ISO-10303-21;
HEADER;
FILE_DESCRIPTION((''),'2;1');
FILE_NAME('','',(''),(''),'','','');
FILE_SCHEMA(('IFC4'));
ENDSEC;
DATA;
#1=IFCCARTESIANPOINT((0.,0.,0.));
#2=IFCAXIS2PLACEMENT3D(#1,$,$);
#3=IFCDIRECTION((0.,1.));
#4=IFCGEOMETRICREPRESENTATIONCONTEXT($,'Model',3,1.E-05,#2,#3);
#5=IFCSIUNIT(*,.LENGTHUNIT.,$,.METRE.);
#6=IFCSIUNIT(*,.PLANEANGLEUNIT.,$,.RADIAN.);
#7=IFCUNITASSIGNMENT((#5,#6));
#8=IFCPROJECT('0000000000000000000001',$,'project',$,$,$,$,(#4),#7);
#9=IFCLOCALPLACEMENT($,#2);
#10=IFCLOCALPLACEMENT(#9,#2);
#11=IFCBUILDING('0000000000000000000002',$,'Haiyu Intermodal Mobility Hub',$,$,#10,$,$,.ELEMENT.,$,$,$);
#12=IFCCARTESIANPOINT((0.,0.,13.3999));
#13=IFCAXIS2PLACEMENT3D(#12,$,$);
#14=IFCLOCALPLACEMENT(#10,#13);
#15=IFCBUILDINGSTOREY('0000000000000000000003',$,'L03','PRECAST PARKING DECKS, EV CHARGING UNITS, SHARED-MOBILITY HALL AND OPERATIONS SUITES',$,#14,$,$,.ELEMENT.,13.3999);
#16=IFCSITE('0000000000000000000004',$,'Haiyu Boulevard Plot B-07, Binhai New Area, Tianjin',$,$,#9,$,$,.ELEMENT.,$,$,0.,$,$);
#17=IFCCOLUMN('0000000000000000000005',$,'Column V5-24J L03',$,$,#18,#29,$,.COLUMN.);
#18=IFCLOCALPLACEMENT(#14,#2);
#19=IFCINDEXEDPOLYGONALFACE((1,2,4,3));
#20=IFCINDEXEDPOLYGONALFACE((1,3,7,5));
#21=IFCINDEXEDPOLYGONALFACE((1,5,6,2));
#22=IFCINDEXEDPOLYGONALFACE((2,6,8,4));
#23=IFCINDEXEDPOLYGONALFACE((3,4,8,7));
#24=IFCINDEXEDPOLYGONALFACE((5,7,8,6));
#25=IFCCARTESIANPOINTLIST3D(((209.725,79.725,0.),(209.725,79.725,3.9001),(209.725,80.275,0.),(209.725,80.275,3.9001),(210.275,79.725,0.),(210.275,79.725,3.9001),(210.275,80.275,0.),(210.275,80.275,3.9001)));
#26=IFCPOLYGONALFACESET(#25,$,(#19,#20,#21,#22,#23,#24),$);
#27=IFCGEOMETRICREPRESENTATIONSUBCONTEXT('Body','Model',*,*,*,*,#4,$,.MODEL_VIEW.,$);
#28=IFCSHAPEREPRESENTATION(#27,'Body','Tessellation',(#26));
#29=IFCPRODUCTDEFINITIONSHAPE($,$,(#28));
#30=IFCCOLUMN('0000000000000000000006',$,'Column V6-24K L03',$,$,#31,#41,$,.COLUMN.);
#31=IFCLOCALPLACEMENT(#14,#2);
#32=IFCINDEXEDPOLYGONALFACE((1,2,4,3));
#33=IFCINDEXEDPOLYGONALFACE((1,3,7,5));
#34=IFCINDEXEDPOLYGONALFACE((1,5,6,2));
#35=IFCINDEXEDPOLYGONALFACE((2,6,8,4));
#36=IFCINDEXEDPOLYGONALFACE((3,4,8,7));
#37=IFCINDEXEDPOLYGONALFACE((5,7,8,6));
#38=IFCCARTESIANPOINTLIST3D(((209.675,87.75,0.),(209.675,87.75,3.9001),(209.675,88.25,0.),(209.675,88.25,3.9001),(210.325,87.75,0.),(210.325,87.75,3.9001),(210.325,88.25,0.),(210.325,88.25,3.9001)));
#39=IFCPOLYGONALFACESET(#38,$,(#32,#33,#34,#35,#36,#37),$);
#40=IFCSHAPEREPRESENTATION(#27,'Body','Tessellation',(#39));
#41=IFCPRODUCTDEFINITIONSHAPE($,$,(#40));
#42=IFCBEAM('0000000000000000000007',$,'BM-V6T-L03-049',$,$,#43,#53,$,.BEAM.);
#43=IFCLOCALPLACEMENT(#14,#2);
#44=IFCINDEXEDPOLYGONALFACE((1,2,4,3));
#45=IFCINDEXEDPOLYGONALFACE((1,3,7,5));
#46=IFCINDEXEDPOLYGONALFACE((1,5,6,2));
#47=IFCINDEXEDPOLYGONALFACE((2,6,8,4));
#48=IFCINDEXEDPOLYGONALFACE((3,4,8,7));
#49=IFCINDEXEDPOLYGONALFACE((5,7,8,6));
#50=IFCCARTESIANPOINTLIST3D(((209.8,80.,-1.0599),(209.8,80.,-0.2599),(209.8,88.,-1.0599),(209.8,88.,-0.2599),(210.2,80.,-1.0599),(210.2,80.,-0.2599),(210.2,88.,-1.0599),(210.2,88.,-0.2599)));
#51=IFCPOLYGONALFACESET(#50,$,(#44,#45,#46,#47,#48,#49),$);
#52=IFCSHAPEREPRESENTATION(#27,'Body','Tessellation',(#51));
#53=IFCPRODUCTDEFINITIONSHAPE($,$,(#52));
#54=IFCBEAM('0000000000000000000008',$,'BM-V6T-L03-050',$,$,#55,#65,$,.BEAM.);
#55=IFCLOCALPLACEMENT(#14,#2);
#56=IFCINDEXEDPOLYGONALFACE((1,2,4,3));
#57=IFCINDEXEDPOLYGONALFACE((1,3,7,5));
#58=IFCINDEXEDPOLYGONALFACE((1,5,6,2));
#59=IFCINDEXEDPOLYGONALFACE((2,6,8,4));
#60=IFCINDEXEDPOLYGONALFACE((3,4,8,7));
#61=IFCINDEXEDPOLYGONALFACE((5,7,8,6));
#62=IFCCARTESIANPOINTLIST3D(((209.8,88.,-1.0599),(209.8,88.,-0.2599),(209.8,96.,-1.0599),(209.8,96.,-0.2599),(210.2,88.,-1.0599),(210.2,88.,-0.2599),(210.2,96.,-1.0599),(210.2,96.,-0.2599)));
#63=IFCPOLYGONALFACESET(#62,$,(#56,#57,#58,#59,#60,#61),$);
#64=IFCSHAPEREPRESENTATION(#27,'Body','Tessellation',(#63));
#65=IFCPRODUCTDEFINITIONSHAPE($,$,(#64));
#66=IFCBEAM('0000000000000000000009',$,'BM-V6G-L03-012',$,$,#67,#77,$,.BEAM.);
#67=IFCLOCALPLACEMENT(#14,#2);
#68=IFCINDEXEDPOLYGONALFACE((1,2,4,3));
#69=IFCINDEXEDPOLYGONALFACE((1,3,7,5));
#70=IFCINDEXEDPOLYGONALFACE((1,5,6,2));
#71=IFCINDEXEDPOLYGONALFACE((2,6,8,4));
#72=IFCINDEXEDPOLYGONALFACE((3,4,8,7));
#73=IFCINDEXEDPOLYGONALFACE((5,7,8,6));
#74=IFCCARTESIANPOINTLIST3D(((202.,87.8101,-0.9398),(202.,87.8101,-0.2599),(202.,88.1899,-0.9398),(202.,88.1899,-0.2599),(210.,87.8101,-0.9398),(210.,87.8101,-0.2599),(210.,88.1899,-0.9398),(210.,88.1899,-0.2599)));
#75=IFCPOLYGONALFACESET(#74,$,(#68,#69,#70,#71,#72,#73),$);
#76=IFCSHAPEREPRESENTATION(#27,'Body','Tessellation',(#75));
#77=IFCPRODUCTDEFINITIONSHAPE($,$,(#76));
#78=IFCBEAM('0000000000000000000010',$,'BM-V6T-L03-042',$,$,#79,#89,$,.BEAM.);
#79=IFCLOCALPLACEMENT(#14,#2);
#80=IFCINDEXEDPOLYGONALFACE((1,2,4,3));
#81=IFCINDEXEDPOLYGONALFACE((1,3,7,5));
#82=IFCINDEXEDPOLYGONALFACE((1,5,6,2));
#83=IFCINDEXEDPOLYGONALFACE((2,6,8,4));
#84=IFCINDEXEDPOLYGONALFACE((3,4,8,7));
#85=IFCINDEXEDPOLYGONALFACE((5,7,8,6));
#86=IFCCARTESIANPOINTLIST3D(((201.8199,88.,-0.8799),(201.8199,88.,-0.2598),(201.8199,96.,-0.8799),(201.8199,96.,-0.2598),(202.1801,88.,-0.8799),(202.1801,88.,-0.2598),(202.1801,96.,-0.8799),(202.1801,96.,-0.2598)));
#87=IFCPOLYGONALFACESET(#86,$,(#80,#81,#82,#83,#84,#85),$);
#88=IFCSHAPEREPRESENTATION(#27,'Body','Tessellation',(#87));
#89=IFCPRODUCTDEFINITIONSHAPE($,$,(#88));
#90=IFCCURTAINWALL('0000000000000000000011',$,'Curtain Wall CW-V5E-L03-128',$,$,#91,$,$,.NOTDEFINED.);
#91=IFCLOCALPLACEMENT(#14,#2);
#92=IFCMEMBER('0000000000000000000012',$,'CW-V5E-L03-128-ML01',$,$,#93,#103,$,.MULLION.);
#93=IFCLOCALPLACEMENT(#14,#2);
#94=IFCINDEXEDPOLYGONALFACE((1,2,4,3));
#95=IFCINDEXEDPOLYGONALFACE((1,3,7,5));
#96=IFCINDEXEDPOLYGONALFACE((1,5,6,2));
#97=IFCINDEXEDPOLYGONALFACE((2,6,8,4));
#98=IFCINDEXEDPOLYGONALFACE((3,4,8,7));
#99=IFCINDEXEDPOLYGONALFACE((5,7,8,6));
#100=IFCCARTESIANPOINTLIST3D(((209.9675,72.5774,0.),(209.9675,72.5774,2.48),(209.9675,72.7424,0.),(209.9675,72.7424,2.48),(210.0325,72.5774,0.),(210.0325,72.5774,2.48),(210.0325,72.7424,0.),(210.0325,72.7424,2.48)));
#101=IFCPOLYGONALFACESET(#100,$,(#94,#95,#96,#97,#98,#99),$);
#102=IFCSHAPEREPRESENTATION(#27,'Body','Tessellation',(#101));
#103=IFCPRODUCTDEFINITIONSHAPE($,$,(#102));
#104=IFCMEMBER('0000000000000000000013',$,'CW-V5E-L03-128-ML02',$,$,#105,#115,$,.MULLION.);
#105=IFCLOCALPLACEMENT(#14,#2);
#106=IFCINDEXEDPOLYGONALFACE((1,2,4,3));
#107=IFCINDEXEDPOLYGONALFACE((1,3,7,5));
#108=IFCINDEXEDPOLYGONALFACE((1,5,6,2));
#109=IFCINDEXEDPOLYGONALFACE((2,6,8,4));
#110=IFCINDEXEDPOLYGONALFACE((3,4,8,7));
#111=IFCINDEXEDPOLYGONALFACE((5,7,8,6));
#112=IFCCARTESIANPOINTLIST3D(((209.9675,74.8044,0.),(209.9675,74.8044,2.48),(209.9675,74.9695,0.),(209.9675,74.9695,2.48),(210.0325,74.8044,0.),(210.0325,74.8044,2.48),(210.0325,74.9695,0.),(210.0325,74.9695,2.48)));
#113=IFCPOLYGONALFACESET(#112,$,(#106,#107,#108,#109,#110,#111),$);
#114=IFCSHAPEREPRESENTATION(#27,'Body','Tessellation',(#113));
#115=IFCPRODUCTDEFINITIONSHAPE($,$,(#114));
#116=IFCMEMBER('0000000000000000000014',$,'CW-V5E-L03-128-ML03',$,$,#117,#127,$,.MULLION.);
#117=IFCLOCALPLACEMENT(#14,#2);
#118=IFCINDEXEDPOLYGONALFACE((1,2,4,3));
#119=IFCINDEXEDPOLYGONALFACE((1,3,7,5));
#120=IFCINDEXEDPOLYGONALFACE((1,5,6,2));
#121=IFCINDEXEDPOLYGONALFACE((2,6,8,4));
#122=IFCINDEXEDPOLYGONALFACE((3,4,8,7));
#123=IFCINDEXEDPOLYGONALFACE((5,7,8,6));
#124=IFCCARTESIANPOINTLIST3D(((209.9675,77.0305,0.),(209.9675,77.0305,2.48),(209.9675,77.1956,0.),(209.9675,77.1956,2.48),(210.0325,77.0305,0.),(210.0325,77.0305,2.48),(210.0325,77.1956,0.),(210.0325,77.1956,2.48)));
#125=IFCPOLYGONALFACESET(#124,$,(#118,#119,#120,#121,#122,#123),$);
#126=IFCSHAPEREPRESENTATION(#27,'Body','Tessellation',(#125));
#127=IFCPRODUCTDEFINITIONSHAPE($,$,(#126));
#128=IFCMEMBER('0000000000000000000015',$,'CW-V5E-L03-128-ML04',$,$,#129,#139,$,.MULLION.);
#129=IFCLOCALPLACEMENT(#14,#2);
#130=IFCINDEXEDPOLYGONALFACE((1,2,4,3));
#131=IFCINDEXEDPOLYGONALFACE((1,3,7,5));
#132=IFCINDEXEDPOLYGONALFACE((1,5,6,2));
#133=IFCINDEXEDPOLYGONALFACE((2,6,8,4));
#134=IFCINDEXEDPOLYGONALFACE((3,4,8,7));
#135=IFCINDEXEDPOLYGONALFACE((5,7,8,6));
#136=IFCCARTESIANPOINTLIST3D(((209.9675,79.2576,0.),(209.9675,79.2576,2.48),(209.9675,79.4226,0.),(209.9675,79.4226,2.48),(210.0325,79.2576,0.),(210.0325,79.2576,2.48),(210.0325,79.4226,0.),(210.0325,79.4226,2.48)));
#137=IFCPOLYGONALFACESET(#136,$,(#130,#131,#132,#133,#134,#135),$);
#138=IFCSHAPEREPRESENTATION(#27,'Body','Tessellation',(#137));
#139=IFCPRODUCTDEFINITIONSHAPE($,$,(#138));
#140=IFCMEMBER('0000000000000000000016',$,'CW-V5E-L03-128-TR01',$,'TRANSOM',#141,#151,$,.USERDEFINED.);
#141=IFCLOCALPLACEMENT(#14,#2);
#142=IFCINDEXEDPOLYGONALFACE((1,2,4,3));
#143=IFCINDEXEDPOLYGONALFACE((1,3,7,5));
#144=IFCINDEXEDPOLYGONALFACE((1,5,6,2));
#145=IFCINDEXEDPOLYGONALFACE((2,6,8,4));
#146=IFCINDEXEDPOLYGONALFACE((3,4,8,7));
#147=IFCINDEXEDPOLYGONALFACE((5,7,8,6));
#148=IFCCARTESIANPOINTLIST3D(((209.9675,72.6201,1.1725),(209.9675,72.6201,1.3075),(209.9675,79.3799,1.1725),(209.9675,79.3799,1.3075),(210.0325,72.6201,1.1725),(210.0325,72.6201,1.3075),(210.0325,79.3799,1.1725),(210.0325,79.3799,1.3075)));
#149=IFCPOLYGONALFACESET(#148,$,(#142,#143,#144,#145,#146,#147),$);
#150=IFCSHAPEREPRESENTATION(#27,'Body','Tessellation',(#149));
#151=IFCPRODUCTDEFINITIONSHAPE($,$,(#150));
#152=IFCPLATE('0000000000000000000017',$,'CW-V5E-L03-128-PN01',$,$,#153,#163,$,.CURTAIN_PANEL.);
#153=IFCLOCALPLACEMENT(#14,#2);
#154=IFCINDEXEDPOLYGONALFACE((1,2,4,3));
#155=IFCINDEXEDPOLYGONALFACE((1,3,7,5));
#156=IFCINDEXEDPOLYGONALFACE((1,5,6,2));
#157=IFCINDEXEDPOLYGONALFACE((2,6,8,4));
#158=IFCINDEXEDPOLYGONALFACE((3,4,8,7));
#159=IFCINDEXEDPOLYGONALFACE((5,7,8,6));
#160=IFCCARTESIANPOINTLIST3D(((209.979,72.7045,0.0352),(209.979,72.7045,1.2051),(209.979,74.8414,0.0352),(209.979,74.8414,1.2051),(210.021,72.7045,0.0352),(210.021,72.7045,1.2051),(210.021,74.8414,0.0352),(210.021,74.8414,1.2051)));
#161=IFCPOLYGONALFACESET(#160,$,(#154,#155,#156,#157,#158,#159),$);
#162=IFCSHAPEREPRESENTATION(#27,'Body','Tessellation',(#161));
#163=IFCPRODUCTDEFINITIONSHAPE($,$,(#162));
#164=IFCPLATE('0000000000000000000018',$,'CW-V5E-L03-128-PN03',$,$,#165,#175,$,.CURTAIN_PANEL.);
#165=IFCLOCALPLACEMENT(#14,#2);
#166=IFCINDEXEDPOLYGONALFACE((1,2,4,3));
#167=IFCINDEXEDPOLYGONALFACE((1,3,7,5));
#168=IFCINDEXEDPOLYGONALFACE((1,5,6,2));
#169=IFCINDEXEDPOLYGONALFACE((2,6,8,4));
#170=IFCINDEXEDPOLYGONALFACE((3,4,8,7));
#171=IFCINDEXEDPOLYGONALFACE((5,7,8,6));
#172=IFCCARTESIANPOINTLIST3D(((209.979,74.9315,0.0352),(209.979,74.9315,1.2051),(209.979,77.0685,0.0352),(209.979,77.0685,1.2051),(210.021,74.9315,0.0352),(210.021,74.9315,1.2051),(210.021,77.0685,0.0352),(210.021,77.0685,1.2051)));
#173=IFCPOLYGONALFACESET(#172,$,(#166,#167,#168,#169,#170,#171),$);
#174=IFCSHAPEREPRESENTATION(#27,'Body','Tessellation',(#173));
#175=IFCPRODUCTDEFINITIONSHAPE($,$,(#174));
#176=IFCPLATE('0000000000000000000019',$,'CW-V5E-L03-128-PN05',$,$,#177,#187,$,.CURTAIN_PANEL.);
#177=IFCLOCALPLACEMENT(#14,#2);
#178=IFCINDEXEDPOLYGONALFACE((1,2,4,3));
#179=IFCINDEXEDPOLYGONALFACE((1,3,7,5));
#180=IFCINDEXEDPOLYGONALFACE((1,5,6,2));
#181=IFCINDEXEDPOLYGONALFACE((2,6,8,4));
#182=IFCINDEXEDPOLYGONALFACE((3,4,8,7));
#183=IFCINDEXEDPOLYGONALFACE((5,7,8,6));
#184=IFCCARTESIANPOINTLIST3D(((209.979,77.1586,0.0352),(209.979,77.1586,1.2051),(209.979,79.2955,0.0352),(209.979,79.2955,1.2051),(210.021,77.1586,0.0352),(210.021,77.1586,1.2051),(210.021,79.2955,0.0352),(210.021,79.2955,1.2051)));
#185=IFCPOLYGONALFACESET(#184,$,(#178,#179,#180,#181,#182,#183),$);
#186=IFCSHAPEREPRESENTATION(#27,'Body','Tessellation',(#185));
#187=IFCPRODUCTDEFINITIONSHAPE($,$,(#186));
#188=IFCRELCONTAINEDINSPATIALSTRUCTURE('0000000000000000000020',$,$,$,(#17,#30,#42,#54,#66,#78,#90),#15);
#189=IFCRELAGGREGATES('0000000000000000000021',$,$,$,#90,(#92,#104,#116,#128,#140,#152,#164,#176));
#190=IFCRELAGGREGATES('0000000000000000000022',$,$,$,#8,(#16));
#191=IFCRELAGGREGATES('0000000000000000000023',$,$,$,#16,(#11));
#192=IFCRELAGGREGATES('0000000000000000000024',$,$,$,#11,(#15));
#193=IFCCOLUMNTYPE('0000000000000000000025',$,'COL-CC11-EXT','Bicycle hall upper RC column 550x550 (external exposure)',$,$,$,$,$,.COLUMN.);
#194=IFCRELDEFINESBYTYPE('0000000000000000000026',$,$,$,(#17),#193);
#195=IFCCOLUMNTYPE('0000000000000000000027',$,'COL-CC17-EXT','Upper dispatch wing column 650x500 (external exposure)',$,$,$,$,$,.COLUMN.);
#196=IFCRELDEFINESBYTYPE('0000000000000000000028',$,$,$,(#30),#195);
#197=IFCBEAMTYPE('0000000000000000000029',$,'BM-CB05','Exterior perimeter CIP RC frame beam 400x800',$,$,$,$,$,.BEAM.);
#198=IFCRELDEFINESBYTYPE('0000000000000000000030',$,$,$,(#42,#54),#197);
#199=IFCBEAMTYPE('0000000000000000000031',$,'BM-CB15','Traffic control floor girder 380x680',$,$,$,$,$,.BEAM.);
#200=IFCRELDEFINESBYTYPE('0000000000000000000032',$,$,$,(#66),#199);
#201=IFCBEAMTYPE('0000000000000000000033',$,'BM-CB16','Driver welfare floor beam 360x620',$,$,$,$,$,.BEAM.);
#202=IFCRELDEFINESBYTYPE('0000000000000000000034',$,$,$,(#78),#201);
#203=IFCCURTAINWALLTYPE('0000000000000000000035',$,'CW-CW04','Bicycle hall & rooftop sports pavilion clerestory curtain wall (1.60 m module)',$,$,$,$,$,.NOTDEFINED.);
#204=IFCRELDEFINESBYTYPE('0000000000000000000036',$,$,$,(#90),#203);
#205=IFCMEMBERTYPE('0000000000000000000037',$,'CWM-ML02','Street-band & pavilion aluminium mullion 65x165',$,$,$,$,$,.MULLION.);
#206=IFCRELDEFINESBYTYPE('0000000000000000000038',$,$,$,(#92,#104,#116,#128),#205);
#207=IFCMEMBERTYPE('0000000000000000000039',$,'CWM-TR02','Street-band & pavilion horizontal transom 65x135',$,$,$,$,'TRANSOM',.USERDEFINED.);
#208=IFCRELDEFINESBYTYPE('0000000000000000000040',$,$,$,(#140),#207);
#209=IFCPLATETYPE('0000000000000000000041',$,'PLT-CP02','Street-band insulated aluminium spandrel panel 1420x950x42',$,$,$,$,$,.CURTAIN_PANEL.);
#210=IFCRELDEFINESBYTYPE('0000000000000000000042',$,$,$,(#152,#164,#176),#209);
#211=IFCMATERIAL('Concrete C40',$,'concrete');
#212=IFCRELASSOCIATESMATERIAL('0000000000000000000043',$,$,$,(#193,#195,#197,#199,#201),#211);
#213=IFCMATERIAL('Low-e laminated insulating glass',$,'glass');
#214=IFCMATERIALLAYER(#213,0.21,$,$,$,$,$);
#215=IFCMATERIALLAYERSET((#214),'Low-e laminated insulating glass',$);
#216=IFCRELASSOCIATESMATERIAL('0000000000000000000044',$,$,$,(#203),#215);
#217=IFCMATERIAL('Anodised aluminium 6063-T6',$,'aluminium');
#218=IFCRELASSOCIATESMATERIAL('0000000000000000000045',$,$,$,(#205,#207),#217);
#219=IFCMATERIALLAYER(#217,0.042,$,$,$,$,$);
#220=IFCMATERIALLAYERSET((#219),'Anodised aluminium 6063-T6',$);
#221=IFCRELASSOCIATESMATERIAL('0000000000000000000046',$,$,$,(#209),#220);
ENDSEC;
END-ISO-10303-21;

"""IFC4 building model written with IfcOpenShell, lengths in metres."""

from ifc_helpers import new_model, si_unit, direction, frame, origin, origin_2d, place, context, subcontext, project, spatial, rectangle, extrude, material, layer, layer_set, material_profile, profile_set, type_object, element, aggregate, save


model = new_model("IFC4")

# Units and contexts
model_context = context("Model", 3, precision=1e-05, world=origin(), true_north=direction((0.0, 1.0)))
body_context = subcontext(model_context, "Body", "Model", "MODEL_VIEW")
ifc_project = project(units=[si_unit("LENGTHUNIT", "METRE"), si_unit("PLANEANGLEUNIT", "RADIAN")], contexts=[model_context])

# Site, building, storey
site_placement = place(None, origin())
site = spatial("IfcSite", under=ifc_project, at=site_placement, Name="Haiyu Boulevard Plot B-07, Binhai New Area, Tianjin", CompositionType="ELEMENT", RefElevation=0.0)
building_placement = place(site_placement, origin())
building = spatial("IfcBuilding", under=site, at=building_placement, Name="Haiyu Intermodal Mobility Hub", CompositionType="ELEMENT")
storey_placement = place(building_placement, frame((0.0, 0.0, 13.3999)))
storey = spatial("IfcBuildingStorey", under=building, at=storey_placement, Name="L03", Description="PRECAST PARKING DECKS, EV CHARGING UNITS, SHARED-MOBILITY HALL AND OPERATIONS SUITES", CompositionType="ELEMENT", Elevation=13.3999)

# Columns
ifc_material_1 = material(Name="Concrete C40", Category="concrete")
ifc_material_profile_1 = material_profile(ifc_material_1, rectangle(XDim=0.55, YDim=0.55, at=origin_2d()), Name="RC550x550")
ifc_profile_set_1 = profile_set([ifc_material_profile_1], Name="Concrete C40")
column_type_1 = type_object("IfcColumnType", Name="COL-CC11-EXT", Description="Bicycle hall upper RC column 550x550 (external exposure)", PredefinedType="COLUMN", material=ifc_profile_set_1)
column_1_placement = place(storey_placement, frame((210.0, 80.0, 0.0), z_axis=(0.0, 0.0, 1.0), x_axis=(1.0, 0.0, 0.0)))
element("IfcColumn", 1, at=column_1_placement, inside=storey, type_object=column_type_1, Name="Column V5-24J L03", PredefinedType="COLUMN", context=body_context, shape_type="SweptSolid", body=[
    extrude(rectangle(XDim=0.55, YDim=0.55, at=origin_2d()), origin(), (0.0, 0.0, 1.0), 3.9001),
])
ifc_material_profile_2 = material_profile(ifc_material_1, rectangle(XDim=0.6499, YDim=0.5, at=origin_2d()), Name="C650x500")
ifc_profile_set_2 = profile_set([ifc_material_profile_2], Name="Concrete C40")
column_type_2 = type_object("IfcColumnType", Name="COL-CC17-EXT", Description="Upper dispatch wing column 650x500 (external exposure)", PredefinedType="COLUMN", material=ifc_profile_set_2)
column_2_placement = place(storey_placement, frame((210.0, 88.0, 0.0), z_axis=(0.0, 0.0, 1.0), x_axis=(1.0, 0.0, 0.0)))
element("IfcColumn", 2, at=column_2_placement, inside=storey, type_object=column_type_2, Name="Column V6-24K L03", PredefinedType="COLUMN", context=body_context, shape_type="SweptSolid", body=[
    extrude(rectangle(XDim=0.6499, YDim=0.5, at=origin_2d()), origin(), (0.0, 0.0, 1.0), 3.9001),
])

# Beams
ifc_material_profile_3 = material_profile(ifc_material_1, rectangle(XDim=0.3999, YDim=0.8, at=origin_2d()), Name="RCB400x800")
ifc_profile_set_3 = profile_set([ifc_material_profile_3], Name="Concrete C40")
beam_type_1 = type_object("IfcBeamType", Name="BM-CB05", Description="Exterior perimeter CIP RC frame beam 400x800", PredefinedType="BEAM", material=ifc_profile_set_3)
for number, where, z_axis, x_axis, name in (
    (3, (210.0, 80.0, -0.6599), (0.0, 1.0, 0.0), (-1.0, 0.0, 0.0), "BM-V6T-L03-049"),
    (4, (210.0, 88.0, -0.6599), (0.0, 1.0, 0.0), (-1.0, 0.0, 0.0), "BM-V6T-L03-050"),
):
    element("IfcBeam", number, at=place(storey_placement, frame(where, z_axis=z_axis, x_axis=x_axis)), inside=storey, type_object=beam_type_1, Name=name, PredefinedType="BEAM", context=body_context, shape_type="SweptSolid", body=[
        extrude(rectangle(XDim=0.3999, YDim=0.8, at=origin_2d()), origin(), (0.0, 0.0, 1.0), 8.0),
    ])
ifc_material_profile_4 = material_profile(ifc_material_1, rectangle(XDim=0.3799, YDim=0.6799, at=origin_2d()), Name="B380x680")
ifc_profile_set_4 = profile_set([ifc_material_profile_4], Name="Concrete C40")
beam_type_2 = type_object("IfcBeamType", Name="BM-CB15", Description="Traffic control floor girder 380x680", PredefinedType="BEAM", material=ifc_profile_set_4)
beam_1_placement = place(storey_placement, frame((202.0, 88.0, -0.5999), z_axis=(1.0, 0.0, 0.0), x_axis=(0.0, 1.0, 0.0)))
element("IfcBeam", 5, at=beam_1_placement, inside=storey, type_object=beam_type_2, Name="BM-V6G-L03-012", PredefinedType="BEAM", context=body_context, shape_type="SweptSolid", body=[
    extrude(rectangle(XDim=0.3799, YDim=0.6799, at=origin_2d()), origin(), (0.0, 0.0, 1.0), 8.0),
])
ifc_material_profile_5 = material_profile(ifc_material_1, rectangle(XDim=0.3601, YDim=0.6201, at=origin_2d()), Name="B360x620")
ifc_profile_set_5 = profile_set([ifc_material_profile_5], Name="Concrete C40")
beam_type_3 = type_object("IfcBeamType", Name="BM-CB16", Description="Driver welfare floor beam 360x620", PredefinedType="BEAM", material=ifc_profile_set_5)
beam_2_placement = place(storey_placement, frame((202.0, 88.0, -0.5698), z_axis=(0.0, 1.0, 0.0), x_axis=(-1.0, 0.0, 0.0)))
element("IfcBeam", 6, at=beam_2_placement, inside=storey, type_object=beam_type_3, Name="BM-V6T-L03-042", PredefinedType="BEAM", context=body_context, shape_type="SweptSolid", body=[
    extrude(rectangle(XDim=0.3601, YDim=0.6201, at=origin_2d()), origin(), (0.0, 0.0, 1.0), 8.0),
])

# Curtain wall, members, plates
ifc_material_2 = material(Name="Low-e laminated insulating glass", Category="glass")
ifc_layer_1 = layer(ifc_material_2, 0.21)
ifc_layer_set_1 = layer_set([ifc_layer_1], Name="Low-e laminated insulating glass")
curtain_wall_type = type_object("IfcCurtainWallType", Name="CW-CW04", Description="Bicycle hall & rooftop sports pavilion clerestory curtain wall (1.60 m module)", PredefinedType="NOTDEFINED", material=ifc_layer_set_1)
curtain_wall_placement = place(storey_placement, origin())
curtain_wall = element("IfcCurtainWall", 7, at=curtain_wall_placement, inside=storey, type_object=curtain_wall_type, Name="Curtain Wall CW-V5E-L03-128", PredefinedType="NOTDEFINED")
ifc_material_3 = material(Name="Anodised aluminium 6063-T6", Category="aluminium")
ifc_material_profile_6 = material_profile(ifc_material_3, rectangle(XDim=0.0649, YDim=0.165, at=origin_2d()), Name="ALU65x165")
ifc_profile_set_6 = profile_set([ifc_material_profile_6], Name="Anodised aluminium 6063-T6")
member_type_1 = type_object("IfcMemberType", Name="CWM-ML02", Description="Street-band & pavilion aluminium mullion 65x165", PredefinedType="MULLION", material=ifc_profile_set_6)
member_1_placement = place(storey_placement, frame((210.0, 72.6599, 0.0), z_axis=(0.0, 0.0, 1.0), x_axis=(1.0, 0.0, 0.0)))
member_1 = element("IfcMember", 8, at=member_1_placement, type_object=member_type_1, Name="CW-V5E-L03-128-ML01", PredefinedType="MULLION", context=body_context, shape_type="SweptSolid", body=[
    extrude(rectangle(XDim=0.0649, YDim=0.165, at=origin_2d()), origin(), (0.0, 0.0, 1.0), 2.48),
])
member_2_placement = place(storey_placement, frame((210.0, 74.887, 0.0), z_axis=(0.0, 0.0, 1.0), x_axis=(1.0, 0.0, 0.0)))
member_2 = element("IfcMember", 9, at=member_2_placement, type_object=member_type_1, Name="CW-V5E-L03-128-ML02", PredefinedType="MULLION", context=body_context, shape_type="SweptSolid", body=[
    extrude(rectangle(XDim=0.0649, YDim=0.165, at=origin_2d()), origin(), (0.0, 0.0, 1.0), 2.48),
])
member_3_placement = place(storey_placement, frame((210.0, 77.113, 0.0), z_axis=(0.0, 0.0, 1.0), x_axis=(1.0, 0.0, 0.0)))
member_3 = element("IfcMember", 10, at=member_3_placement, type_object=member_type_1, Name="CW-V5E-L03-128-ML03", PredefinedType="MULLION", context=body_context, shape_type="SweptSolid", body=[
    extrude(rectangle(XDim=0.0649, YDim=0.165, at=origin_2d()), origin(), (0.0, 0.0, 1.0), 2.48),
])
member_4_placement = place(storey_placement, frame((210.0, 79.3401, 0.0), z_axis=(0.0, 0.0, 1.0), x_axis=(1.0, 0.0, 0.0)))
member_4 = element("IfcMember", 11, at=member_4_placement, type_object=member_type_1, Name="CW-V5E-L03-128-ML04", PredefinedType="MULLION", context=body_context, shape_type="SweptSolid", body=[
    extrude(rectangle(XDim=0.0649, YDim=0.165, at=origin_2d()), origin(), (0.0, 0.0, 1.0), 2.48),
])
ifc_material_profile_7 = material_profile(ifc_material_3, rectangle(XDim=0.0649, YDim=0.135, at=origin_2d()), Name="ALU65x135")
ifc_profile_set_7 = profile_set([ifc_material_profile_7], Name="Anodised aluminium 6063-T6")
member_type_2 = type_object("IfcMemberType", Name="CWM-TR02", Description="Street-band & pavilion horizontal transom 65x135", ElementType="TRANSOM", PredefinedType="USERDEFINED", material=ifc_profile_set_7)
member_5_placement = place(storey_placement, frame((210.0, 72.6201, 1.24), z_axis=(0.0, 1.0, 0.0), x_axis=(-1.0, 0.0, 0.0)))
member_5 = element("IfcMember", 12, at=member_5_placement, type_object=member_type_2, Name="CW-V5E-L03-128-TR01", ObjectType="TRANSOM", PredefinedType="USERDEFINED", context=body_context, shape_type="SweptSolid", body=[
    extrude(rectangle(XDim=0.0649, YDim=0.135, at=origin_2d()), origin(), (0.0, 0.0, 1.0), 6.7598),
])
ifc_layer_2 = layer(ifc_material_3, 0.042)
ifc_layer_set_2 = layer_set([ifc_layer_2], Name="Anodised aluminium 6063-T6")
plate_type_1 = type_object("IfcPlateType", Name="PLT-CP02", Description="Street-band insulated aluminium spandrel panel 1420x950x42", PredefinedType="CURTAIN_PANEL", material=ifc_layer_set_2)
plate_1_placement = place(storey_placement, frame((210.0, 73.7729, 0.0352), z_axis=(0.0, 0.0, 1.0), x_axis=(0.0, 1.0, 0.0)))
plate_1 = element("IfcPlate", 13, at=plate_1_placement, type_object=plate_type_1, Name="CW-V5E-L03-128-PN01", PredefinedType="CURTAIN_PANEL", context=body_context, shape_type="SweptSolid", body=[
    extrude(rectangle(XDim=2.137, YDim=0.042, at=origin_2d()), origin(), (0.0, 0.0, 1.0), 1.1699),
])
plate_2_placement = place(storey_placement, frame((210.0, 76.0, 0.0352), z_axis=(0.0, 0.0, 1.0), x_axis=(0.0, 1.0, 0.0)))
plate_2 = element("IfcPlate", 14, at=plate_2_placement, type_object=plate_type_1, Name="CW-V5E-L03-128-PN03", PredefinedType="CURTAIN_PANEL", context=body_context, shape_type="SweptSolid", body=[
    extrude(rectangle(XDim=2.137, YDim=0.042, at=origin_2d()), origin(), (0.0, 0.0, 1.0), 1.1699),
])
plate_3_placement = place(storey_placement, frame((210.0, 78.2271, 0.0352), z_axis=(0.0, 0.0, 1.0), x_axis=(0.0, 1.0, 0.0)))
plate_3 = element("IfcPlate", 15, at=plate_3_placement, type_object=plate_type_1, Name="CW-V5E-L03-128-PN05", PredefinedType="CURTAIN_PANEL", context=body_context, shape_type="SweptSolid", body=[
    extrude(rectangle(XDim=2.137, YDim=0.042, at=origin_2d()), origin(), (0.0, 0.0, 1.0), 1.1699),
])
aggregate(curtain_wall, [member_1, member_2, member_3, member_4, member_5, plate_1, plate_2, plate_3])

save(model, "model.ifc")
